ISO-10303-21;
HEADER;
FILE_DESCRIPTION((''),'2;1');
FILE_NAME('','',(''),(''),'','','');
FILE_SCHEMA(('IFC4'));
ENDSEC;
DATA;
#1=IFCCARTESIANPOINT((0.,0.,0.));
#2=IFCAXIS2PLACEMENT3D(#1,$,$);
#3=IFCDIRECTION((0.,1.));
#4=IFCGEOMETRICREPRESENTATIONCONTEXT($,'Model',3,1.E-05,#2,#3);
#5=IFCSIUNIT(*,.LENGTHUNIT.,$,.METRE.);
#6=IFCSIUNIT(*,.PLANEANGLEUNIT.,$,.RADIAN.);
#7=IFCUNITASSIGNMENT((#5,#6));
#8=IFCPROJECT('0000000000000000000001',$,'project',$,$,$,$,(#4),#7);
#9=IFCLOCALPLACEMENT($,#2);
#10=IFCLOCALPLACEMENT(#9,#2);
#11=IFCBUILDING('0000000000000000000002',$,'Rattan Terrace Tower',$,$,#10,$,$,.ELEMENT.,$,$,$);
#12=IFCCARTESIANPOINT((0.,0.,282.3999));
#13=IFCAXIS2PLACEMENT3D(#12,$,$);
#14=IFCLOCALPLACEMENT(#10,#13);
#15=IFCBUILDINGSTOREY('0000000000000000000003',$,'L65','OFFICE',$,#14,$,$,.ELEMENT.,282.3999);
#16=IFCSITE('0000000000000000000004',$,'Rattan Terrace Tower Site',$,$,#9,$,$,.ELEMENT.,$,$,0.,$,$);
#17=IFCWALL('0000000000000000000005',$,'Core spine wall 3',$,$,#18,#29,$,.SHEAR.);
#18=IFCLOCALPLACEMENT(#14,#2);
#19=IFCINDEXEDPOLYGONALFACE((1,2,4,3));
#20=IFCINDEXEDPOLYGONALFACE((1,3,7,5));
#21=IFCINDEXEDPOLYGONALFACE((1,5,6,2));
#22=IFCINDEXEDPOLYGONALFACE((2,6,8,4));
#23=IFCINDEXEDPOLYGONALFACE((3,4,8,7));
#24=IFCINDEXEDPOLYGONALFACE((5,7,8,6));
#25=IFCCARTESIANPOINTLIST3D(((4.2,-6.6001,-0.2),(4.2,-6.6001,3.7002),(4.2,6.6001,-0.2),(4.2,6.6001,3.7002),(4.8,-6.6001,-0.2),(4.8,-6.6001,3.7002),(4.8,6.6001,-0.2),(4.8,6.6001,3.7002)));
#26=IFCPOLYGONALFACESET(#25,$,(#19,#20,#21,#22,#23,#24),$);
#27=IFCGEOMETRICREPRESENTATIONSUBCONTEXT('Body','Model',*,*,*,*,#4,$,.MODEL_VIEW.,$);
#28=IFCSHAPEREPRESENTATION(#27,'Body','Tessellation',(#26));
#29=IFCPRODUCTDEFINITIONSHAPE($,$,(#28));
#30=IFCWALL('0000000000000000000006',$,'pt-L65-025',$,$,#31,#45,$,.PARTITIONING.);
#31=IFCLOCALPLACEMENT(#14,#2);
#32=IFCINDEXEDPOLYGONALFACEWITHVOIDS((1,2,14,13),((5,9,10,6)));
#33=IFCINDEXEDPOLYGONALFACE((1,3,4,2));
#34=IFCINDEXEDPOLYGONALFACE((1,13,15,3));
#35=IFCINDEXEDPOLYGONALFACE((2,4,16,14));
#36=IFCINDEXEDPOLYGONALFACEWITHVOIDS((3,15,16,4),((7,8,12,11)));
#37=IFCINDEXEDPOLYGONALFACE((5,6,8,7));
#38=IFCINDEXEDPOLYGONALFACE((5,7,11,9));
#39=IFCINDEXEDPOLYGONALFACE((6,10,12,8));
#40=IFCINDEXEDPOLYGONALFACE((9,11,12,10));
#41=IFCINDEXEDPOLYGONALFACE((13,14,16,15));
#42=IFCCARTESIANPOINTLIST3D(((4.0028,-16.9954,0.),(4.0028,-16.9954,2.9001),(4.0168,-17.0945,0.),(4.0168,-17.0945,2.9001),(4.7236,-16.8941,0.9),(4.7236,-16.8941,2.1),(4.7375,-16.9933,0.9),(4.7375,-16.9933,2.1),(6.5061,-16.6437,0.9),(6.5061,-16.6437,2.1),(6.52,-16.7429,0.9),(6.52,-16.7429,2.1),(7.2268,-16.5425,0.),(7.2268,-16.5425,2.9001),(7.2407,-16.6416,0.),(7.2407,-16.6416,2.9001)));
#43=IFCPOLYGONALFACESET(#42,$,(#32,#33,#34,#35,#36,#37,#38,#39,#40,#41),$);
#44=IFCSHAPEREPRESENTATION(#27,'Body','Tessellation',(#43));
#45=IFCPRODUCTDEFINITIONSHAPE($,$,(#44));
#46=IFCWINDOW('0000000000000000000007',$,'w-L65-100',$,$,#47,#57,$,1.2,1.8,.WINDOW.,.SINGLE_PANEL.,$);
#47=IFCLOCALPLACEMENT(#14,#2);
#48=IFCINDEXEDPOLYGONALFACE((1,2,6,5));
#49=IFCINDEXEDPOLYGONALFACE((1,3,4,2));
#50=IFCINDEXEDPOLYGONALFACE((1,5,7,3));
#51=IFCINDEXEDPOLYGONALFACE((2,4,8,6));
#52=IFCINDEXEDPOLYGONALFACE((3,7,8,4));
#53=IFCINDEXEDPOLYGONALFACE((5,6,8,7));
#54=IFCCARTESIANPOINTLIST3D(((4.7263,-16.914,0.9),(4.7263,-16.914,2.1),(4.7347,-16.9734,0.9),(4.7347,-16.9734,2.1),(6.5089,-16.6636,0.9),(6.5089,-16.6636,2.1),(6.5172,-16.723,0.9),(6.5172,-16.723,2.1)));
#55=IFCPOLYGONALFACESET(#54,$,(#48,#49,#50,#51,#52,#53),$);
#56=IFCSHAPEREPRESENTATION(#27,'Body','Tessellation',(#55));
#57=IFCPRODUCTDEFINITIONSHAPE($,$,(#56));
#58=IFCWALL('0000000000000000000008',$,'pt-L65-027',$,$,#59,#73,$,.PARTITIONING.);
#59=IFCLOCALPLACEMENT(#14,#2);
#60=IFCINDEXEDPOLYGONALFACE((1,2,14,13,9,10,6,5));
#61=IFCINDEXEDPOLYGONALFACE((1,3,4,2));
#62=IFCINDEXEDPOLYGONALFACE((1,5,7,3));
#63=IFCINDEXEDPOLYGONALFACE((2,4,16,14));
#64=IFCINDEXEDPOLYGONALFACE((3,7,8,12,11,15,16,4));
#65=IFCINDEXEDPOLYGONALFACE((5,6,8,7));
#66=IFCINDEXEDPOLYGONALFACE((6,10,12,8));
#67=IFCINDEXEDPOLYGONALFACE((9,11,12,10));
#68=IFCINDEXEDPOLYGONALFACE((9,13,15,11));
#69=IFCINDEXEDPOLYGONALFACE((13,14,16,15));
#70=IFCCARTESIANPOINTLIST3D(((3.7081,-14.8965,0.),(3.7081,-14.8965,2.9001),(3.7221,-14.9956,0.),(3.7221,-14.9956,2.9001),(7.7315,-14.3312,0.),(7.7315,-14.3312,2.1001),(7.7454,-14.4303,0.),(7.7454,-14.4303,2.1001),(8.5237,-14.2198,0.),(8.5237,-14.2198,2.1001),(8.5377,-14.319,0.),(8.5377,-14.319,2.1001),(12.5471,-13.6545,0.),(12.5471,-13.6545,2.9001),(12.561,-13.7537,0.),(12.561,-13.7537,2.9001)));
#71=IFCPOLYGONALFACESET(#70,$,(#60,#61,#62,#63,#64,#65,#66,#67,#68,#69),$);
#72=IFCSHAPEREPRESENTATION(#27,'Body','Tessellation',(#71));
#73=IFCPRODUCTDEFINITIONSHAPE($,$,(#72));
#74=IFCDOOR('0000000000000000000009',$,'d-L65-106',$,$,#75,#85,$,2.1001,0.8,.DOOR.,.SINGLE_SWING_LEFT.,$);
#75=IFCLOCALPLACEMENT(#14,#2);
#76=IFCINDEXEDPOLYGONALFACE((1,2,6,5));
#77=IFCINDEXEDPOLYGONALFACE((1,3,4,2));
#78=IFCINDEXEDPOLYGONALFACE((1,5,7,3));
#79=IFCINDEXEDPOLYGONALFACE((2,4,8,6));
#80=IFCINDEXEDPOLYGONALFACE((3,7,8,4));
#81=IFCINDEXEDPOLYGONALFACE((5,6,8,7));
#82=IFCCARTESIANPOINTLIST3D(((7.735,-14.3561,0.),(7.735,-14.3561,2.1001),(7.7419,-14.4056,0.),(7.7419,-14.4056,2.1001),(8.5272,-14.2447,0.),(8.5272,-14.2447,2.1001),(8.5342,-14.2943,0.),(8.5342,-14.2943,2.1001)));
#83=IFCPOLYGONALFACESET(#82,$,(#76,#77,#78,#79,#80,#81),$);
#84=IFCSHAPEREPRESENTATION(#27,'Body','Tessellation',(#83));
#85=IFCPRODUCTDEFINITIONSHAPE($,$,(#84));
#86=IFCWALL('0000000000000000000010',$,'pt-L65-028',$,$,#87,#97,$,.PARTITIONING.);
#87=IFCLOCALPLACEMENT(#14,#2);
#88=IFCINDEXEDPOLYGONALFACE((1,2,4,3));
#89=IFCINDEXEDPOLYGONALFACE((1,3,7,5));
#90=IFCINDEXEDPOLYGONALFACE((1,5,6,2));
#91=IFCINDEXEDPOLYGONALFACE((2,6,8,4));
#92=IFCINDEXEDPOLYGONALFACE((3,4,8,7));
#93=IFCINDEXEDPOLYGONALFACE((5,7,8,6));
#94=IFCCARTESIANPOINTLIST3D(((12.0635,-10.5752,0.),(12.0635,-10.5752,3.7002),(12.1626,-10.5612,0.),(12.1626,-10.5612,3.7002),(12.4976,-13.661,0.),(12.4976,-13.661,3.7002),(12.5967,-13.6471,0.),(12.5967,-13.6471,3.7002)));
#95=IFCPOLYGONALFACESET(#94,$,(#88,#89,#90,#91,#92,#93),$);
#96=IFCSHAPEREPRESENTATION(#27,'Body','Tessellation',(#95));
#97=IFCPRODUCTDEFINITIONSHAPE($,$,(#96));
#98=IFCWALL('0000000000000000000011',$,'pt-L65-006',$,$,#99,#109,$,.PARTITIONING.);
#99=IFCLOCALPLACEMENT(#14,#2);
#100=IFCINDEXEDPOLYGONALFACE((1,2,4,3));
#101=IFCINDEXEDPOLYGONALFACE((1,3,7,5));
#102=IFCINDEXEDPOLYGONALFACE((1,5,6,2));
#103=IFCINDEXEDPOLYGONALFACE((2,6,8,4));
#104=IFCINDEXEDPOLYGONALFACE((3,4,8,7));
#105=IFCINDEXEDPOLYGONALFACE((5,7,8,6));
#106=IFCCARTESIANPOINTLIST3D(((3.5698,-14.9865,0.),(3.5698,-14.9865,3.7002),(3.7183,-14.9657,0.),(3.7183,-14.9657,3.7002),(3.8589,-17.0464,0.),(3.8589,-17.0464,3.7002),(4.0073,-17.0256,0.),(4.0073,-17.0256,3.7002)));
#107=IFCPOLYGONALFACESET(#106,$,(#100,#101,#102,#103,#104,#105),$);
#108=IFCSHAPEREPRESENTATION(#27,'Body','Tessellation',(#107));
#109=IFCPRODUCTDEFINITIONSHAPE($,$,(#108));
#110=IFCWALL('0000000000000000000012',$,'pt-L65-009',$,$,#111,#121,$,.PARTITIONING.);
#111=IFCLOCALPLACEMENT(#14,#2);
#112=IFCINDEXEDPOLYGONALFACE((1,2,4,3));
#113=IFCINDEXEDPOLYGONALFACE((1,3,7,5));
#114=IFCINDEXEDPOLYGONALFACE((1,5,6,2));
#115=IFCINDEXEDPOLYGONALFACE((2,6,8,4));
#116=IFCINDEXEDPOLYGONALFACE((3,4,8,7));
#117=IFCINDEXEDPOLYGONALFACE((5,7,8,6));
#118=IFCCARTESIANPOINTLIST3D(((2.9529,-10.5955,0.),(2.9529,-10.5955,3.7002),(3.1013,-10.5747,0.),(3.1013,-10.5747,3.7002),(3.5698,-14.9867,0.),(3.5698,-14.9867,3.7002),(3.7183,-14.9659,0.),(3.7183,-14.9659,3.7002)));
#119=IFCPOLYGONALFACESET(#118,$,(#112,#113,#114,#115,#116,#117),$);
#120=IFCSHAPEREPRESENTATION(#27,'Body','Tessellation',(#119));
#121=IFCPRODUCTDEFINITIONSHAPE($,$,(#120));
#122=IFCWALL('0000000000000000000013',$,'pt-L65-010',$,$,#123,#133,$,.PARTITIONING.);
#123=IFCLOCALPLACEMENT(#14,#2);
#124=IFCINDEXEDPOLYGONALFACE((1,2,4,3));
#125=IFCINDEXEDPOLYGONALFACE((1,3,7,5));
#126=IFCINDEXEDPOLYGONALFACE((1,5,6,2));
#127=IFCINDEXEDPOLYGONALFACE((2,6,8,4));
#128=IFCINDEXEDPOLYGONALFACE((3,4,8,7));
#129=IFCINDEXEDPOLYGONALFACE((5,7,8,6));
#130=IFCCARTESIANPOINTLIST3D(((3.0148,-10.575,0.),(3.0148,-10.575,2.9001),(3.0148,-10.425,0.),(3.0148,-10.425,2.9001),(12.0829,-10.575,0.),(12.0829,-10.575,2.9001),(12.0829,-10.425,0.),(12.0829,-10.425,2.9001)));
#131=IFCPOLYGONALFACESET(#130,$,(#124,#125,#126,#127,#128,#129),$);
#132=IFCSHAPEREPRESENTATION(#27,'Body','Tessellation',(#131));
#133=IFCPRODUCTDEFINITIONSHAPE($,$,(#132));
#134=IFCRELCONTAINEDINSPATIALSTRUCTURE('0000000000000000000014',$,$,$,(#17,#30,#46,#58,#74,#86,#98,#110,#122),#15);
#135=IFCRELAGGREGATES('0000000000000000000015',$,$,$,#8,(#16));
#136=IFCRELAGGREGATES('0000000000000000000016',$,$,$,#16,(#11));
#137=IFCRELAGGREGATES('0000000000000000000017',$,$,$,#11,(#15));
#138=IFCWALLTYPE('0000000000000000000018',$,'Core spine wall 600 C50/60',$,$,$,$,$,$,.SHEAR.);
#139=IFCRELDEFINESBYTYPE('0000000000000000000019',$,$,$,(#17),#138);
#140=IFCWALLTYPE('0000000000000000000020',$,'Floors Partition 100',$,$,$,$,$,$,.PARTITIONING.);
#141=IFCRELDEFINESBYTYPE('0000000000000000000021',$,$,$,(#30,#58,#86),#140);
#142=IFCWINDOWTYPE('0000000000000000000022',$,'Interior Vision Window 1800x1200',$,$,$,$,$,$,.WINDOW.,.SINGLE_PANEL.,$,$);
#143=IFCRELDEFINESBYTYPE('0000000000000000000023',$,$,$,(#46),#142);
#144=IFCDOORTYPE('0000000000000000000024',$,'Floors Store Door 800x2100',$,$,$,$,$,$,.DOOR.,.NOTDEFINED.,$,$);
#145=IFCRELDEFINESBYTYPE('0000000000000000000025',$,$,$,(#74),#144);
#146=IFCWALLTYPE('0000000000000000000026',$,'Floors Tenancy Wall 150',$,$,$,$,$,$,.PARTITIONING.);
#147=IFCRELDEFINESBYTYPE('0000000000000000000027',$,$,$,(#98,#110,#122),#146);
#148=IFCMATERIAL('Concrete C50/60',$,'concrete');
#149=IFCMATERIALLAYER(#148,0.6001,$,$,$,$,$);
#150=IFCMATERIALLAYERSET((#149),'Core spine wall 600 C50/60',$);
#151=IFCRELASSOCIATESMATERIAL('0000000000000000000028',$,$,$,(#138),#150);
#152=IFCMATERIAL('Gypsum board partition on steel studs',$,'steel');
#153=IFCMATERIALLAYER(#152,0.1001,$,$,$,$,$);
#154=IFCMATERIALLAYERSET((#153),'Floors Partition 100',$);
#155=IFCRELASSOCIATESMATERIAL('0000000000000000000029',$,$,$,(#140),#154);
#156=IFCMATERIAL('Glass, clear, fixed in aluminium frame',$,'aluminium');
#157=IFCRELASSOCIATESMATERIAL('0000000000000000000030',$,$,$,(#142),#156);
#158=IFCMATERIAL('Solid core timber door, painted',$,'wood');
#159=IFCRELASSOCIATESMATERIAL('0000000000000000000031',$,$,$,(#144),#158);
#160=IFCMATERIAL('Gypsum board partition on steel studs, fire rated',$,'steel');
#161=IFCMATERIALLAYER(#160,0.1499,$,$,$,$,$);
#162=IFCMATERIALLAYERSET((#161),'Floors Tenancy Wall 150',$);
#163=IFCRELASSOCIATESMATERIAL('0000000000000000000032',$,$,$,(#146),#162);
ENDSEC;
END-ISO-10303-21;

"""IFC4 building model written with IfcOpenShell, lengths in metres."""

from ifc_helpers import new_model, si_unit, direction, frame, frame_2d, origin, place, context, subcontext, project, spatial, rectangle, extrude, material, layer, layer_set, type_object, element, fill, save


model = new_model("IFC4")

# Units and contexts
model_context = context("Model", 3, precision=1e-05, world=origin(), true_north=direction((0.0, 1.0)))
body_context = subcontext(model_context, "Body", "Model", "MODEL_VIEW")
ifc_project = project(units=[si_unit("LENGTHUNIT", "METRE"), si_unit("PLANEANGLEUNIT", "RADIAN")], contexts=[model_context])

# Site, building, storey
site_placement = place(None, origin())
site = spatial("IfcSite", under=ifc_project, at=site_placement, Name="Rattan Terrace Tower Site", CompositionType="ELEMENT", RefElevation=0.0)
building_placement = place(site_placement, origin())
building = spatial("IfcBuilding", under=site, at=building_placement, Name="Rattan Terrace Tower", CompositionType="ELEMENT")
storey_placement = place(building_placement, frame((0.0, 0.0, 282.3999)))
storey = spatial("IfcBuildingStorey", under=building, at=storey_placement, Name="L65", Description="OFFICE", CompositionType="ELEMENT", Elevation=282.3999)

# Wall
ifc_material_1 = material(Name="Concrete C50/60", Category="concrete")
ifc_layer_1 = layer(ifc_material_1, 0.6001)
ifc_layer_set_1 = layer_set([ifc_layer_1], Name="Core spine wall 600 C50/60")
wall_type_1 = type_object("IfcWallType", Name="Core spine wall 600 C50/60", PredefinedType="SHEAR", material=ifc_layer_set_1)
wall_1_placement = place(storey_placement, frame((4.5, -6.6001, -0.2), z_axis=(0.0, 0.0, 1.0), x_axis=(0.0, 1.0, 0.0)))
element("IfcWall", 1, at=wall_1_placement, inside=storey, type_object=wall_type_1, Name="Core spine wall 3", PredefinedType="SHEAR", context=body_context, shape_type="SweptSolid", body=[
    extrude(rectangle(XDim=13.2002, YDim=0.6001, at=frame_2d((6.6001, 0.0))), origin(), (0.0, 0.0, 1.0), 3.9001),
])

# Wall, opening, window
ifc_material_2 = material(Name="Gypsum board partition on steel studs", Category="steel")
ifc_layer_2 = layer(ifc_material_2, 0.1001)
ifc_layer_set_2 = layer_set([ifc_layer_2], Name="Floors Partition 100")
wall_type_2 = type_object("IfcWallType", Name="Floors Partition 100", PredefinedType="PARTITIONING", material=ifc_layer_set_2)
wall_2_placement = place(storey_placement, frame((7.2339, -16.592, 0.0), z_axis=(0.0, 0.0, 1.0), x_axis=(-0.990277, -0.139111, 0.0)))
wall_2 = element("IfcWall", 2, at=wall_2_placement, inside=storey, type_object=wall_type_2, Name="pt-L65-025", PredefinedType="PARTITIONING", context=body_context, shape_type="SweptSolid", body=[
    extrude(rectangle(XDim=3.2556, YDim=0.1001, at=frame_2d((1.6279, 0.0))), origin(), (0.0, 0.0, 1.0), 2.9001),
])
opening_1_placement = place(wall_2_placement, frame((0.728, 0.0, 0.8999)))
opening_1 = element("IfcOpeningElement", 3, at=opening_1_placement, cuts=wall_2, PredefinedType="OPENING", context=body_context, shape_type="SweptSolid", body=[
    extrude(rectangle(XDim=1.8, YDim=1.2, at=frame_2d((0.8999, 0.6001))), frame((0.0, 0.0605, 0.0), z_axis=(0.0, -1.0, 0.0), x_axis=(1.0, 0.0, 0.0)), (0.0, 0.0, 1.0), 0.1211),
])
ifc_material_3 = material(Name="Glass, clear, fixed in aluminium frame", Category="aluminium")
window_type = type_object("IfcWindowType", Name="Interior Vision Window 1800x1200", PartitioningType="SINGLE_PANEL", PredefinedType="WINDOW", material=ifc_material_3)
window_placement = place(opening_1_placement, origin())
window = element("IfcWindow", 4, at=window_placement, inside=storey, type_object=window_type, Name="w-L65-100", OverallHeight=1.2, OverallWidth=1.8, PartitioningType="SINGLE_PANEL", PredefinedType="WINDOW", context=body_context, shape_type="SweptSolid", body=[
    extrude(rectangle(XDim=1.8, YDim=1.2, at=frame_2d((0.8999, 0.6001))), frame((0.0, 0.03, 0.0), z_axis=(0.0, -1.0, 0.0), x_axis=(1.0, 0.0, 0.0)), (0.0, 0.0, 1.0), 0.0601),
])
fill(opening_1, window)

# Wall, opening, door
wall_3_placement = place(storey_placement, frame((3.7151, -14.946, 0.0), z_axis=(0.0, 0.0, 1.0), x_axis=(0.990272, 0.139143, 0.0)))
wall_3 = element("IfcWall", 5, at=wall_3_placement, inside=storey, type_object=wall_type_2, Name="pt-L65-027", PredefinedType="PARTITIONING", context=body_context, shape_type="SweptSolid", body=[
    extrude(rectangle(XDim=8.9258, YDim=0.1001, at=frame_2d((4.4629, 0.0))), origin(), (0.0, 0.0, 1.0), 2.9001),
])
opening_2_placement = place(wall_3_placement, frame((4.063, 0.0, 0.0)))
opening_2 = element("IfcOpeningElement", 6, at=opening_2_placement, cuts=wall_3, PredefinedType="OPENING", context=body_context, shape_type="SweptSolid", body=[
    extrude(rectangle(XDim=0.8, YDim=2.1001, at=frame_2d((0.3999, 1.05))), frame((0.0, 0.0605, 0.0), z_axis=(0.0, -1.0, 0.0), x_axis=(1.0, 0.0, 0.0)), (0.0, 0.0, 1.0), 0.1211),
])
ifc_material_4 = material(Name="Solid core timber door, painted", Category="wood")
door_type_1 = type_object("IfcDoorType", Name="Floors Store Door 800x2100", OperationType="NOTDEFINED", PredefinedType="DOOR", material=ifc_material_4)
door_1_placement = place(opening_2_placement, origin())
door_1 = element("IfcDoor", 7, at=door_1_placement, inside=storey, type_object=door_type_1, Name="d-L65-106", OperationType="SINGLE_SWING_LEFT", OverallHeight=2.1001, OverallWidth=0.8, PredefinedType="DOOR", context=body_context, shape_type="SweptSolid", body=[
    extrude(rectangle(XDim=0.8, YDim=2.1001, at=frame_2d((0.3999, 1.05))), frame((0.0, 0.0249, 0.0), z_axis=(0.0, -1.0, 0.0), x_axis=(1.0, 0.0, 0.0)), (0.0, 0.0, 1.0), 0.05),
])
fill(opening_2, door_1)

# Walls
wall_4_placement = place(storey_placement, frame((12.5471, -13.6541, 0.0), z_axis=(0.0, 0.0, 1.0), x_axis=(-0.139293, 0.990251, 0.0)))
element("IfcWall", 8, at=wall_4_placement, inside=storey, type_object=wall_type_2, Name="pt-L65-028", PredefinedType="PARTITIONING", context=body_context, shape_type="SweptSolid", body=[
    extrude(rectangle(XDim=3.1162, YDim=0.1001, at=frame_2d((1.5581, 0.0))), origin(), (0.0, 0.0, 1.0), 3.7002),
])
ifc_material_5 = material(Name="Gypsum board partition on steel studs, fire rated", Category="steel")
ifc_layer_3 = layer(ifc_material_5, 0.1499)
ifc_layer_set_3 = layer_set([ifc_layer_3], Name="Floors Tenancy Wall 150")
wall_type_3 = type_object("IfcWallType", Name="Floors Tenancy Wall 150", PredefinedType="PARTITIONING", material=ifc_layer_set_3)
wall_5_placement = place(storey_placement, frame((3.644, -14.9761, 0.0), z_axis=(0.0, 0.0, 1.0), x_axis=(0.138972, -0.990296, 0.0)))
element("IfcWall", 9, at=wall_5_placement, inside=storey, type_object=wall_type_3, Name="pt-L65-006", PredefinedType="PARTITIONING", context=body_context, shape_type="SweptSolid", body=[
    extrude(rectangle(XDim=2.0801, YDim=0.1499, at=frame_2d((1.04, 0.0))), origin(), (0.0, 0.0, 1.0), 3.7002),
])
wall_6_placement = place(storey_placement, frame((3.0271, -10.585, 0.0), z_axis=(0.0, 0.0, 1.0), x_axis=(0.139132, -0.990274, 0.0)))
element("IfcWall", 10, at=wall_6_placement, inside=storey, type_object=wall_type_3, Name="pt-L65-009", PredefinedType="PARTITIONING", context=body_context, shape_type="SweptSolid", body=[
    extrude(rectangle(XDim=4.4343, YDim=0.1499, at=frame_2d((2.2173, 0.0))), origin(), (0.0, 0.0, 1.0), 3.7002),
])
wall_7_placement = place(storey_placement, frame((12.083, -10.5, 0.0), z_axis=(0.0, 0.0, 1.0), x_axis=(-1.0, 0.0, 0.0)))
element("IfcWall", 11, at=wall_7_placement, inside=storey, type_object=wall_type_3, Name="pt-L65-010", PredefinedType="PARTITIONING", context=body_context, shape_type="SweptSolid", body=[
    extrude(rectangle(XDim=9.0681, YDim=0.1499, at=frame_2d((4.5342, 0.0))), origin(), (0.0, 0.0, 1.0), 2.9001),
])

save(model, "model.ifc")
